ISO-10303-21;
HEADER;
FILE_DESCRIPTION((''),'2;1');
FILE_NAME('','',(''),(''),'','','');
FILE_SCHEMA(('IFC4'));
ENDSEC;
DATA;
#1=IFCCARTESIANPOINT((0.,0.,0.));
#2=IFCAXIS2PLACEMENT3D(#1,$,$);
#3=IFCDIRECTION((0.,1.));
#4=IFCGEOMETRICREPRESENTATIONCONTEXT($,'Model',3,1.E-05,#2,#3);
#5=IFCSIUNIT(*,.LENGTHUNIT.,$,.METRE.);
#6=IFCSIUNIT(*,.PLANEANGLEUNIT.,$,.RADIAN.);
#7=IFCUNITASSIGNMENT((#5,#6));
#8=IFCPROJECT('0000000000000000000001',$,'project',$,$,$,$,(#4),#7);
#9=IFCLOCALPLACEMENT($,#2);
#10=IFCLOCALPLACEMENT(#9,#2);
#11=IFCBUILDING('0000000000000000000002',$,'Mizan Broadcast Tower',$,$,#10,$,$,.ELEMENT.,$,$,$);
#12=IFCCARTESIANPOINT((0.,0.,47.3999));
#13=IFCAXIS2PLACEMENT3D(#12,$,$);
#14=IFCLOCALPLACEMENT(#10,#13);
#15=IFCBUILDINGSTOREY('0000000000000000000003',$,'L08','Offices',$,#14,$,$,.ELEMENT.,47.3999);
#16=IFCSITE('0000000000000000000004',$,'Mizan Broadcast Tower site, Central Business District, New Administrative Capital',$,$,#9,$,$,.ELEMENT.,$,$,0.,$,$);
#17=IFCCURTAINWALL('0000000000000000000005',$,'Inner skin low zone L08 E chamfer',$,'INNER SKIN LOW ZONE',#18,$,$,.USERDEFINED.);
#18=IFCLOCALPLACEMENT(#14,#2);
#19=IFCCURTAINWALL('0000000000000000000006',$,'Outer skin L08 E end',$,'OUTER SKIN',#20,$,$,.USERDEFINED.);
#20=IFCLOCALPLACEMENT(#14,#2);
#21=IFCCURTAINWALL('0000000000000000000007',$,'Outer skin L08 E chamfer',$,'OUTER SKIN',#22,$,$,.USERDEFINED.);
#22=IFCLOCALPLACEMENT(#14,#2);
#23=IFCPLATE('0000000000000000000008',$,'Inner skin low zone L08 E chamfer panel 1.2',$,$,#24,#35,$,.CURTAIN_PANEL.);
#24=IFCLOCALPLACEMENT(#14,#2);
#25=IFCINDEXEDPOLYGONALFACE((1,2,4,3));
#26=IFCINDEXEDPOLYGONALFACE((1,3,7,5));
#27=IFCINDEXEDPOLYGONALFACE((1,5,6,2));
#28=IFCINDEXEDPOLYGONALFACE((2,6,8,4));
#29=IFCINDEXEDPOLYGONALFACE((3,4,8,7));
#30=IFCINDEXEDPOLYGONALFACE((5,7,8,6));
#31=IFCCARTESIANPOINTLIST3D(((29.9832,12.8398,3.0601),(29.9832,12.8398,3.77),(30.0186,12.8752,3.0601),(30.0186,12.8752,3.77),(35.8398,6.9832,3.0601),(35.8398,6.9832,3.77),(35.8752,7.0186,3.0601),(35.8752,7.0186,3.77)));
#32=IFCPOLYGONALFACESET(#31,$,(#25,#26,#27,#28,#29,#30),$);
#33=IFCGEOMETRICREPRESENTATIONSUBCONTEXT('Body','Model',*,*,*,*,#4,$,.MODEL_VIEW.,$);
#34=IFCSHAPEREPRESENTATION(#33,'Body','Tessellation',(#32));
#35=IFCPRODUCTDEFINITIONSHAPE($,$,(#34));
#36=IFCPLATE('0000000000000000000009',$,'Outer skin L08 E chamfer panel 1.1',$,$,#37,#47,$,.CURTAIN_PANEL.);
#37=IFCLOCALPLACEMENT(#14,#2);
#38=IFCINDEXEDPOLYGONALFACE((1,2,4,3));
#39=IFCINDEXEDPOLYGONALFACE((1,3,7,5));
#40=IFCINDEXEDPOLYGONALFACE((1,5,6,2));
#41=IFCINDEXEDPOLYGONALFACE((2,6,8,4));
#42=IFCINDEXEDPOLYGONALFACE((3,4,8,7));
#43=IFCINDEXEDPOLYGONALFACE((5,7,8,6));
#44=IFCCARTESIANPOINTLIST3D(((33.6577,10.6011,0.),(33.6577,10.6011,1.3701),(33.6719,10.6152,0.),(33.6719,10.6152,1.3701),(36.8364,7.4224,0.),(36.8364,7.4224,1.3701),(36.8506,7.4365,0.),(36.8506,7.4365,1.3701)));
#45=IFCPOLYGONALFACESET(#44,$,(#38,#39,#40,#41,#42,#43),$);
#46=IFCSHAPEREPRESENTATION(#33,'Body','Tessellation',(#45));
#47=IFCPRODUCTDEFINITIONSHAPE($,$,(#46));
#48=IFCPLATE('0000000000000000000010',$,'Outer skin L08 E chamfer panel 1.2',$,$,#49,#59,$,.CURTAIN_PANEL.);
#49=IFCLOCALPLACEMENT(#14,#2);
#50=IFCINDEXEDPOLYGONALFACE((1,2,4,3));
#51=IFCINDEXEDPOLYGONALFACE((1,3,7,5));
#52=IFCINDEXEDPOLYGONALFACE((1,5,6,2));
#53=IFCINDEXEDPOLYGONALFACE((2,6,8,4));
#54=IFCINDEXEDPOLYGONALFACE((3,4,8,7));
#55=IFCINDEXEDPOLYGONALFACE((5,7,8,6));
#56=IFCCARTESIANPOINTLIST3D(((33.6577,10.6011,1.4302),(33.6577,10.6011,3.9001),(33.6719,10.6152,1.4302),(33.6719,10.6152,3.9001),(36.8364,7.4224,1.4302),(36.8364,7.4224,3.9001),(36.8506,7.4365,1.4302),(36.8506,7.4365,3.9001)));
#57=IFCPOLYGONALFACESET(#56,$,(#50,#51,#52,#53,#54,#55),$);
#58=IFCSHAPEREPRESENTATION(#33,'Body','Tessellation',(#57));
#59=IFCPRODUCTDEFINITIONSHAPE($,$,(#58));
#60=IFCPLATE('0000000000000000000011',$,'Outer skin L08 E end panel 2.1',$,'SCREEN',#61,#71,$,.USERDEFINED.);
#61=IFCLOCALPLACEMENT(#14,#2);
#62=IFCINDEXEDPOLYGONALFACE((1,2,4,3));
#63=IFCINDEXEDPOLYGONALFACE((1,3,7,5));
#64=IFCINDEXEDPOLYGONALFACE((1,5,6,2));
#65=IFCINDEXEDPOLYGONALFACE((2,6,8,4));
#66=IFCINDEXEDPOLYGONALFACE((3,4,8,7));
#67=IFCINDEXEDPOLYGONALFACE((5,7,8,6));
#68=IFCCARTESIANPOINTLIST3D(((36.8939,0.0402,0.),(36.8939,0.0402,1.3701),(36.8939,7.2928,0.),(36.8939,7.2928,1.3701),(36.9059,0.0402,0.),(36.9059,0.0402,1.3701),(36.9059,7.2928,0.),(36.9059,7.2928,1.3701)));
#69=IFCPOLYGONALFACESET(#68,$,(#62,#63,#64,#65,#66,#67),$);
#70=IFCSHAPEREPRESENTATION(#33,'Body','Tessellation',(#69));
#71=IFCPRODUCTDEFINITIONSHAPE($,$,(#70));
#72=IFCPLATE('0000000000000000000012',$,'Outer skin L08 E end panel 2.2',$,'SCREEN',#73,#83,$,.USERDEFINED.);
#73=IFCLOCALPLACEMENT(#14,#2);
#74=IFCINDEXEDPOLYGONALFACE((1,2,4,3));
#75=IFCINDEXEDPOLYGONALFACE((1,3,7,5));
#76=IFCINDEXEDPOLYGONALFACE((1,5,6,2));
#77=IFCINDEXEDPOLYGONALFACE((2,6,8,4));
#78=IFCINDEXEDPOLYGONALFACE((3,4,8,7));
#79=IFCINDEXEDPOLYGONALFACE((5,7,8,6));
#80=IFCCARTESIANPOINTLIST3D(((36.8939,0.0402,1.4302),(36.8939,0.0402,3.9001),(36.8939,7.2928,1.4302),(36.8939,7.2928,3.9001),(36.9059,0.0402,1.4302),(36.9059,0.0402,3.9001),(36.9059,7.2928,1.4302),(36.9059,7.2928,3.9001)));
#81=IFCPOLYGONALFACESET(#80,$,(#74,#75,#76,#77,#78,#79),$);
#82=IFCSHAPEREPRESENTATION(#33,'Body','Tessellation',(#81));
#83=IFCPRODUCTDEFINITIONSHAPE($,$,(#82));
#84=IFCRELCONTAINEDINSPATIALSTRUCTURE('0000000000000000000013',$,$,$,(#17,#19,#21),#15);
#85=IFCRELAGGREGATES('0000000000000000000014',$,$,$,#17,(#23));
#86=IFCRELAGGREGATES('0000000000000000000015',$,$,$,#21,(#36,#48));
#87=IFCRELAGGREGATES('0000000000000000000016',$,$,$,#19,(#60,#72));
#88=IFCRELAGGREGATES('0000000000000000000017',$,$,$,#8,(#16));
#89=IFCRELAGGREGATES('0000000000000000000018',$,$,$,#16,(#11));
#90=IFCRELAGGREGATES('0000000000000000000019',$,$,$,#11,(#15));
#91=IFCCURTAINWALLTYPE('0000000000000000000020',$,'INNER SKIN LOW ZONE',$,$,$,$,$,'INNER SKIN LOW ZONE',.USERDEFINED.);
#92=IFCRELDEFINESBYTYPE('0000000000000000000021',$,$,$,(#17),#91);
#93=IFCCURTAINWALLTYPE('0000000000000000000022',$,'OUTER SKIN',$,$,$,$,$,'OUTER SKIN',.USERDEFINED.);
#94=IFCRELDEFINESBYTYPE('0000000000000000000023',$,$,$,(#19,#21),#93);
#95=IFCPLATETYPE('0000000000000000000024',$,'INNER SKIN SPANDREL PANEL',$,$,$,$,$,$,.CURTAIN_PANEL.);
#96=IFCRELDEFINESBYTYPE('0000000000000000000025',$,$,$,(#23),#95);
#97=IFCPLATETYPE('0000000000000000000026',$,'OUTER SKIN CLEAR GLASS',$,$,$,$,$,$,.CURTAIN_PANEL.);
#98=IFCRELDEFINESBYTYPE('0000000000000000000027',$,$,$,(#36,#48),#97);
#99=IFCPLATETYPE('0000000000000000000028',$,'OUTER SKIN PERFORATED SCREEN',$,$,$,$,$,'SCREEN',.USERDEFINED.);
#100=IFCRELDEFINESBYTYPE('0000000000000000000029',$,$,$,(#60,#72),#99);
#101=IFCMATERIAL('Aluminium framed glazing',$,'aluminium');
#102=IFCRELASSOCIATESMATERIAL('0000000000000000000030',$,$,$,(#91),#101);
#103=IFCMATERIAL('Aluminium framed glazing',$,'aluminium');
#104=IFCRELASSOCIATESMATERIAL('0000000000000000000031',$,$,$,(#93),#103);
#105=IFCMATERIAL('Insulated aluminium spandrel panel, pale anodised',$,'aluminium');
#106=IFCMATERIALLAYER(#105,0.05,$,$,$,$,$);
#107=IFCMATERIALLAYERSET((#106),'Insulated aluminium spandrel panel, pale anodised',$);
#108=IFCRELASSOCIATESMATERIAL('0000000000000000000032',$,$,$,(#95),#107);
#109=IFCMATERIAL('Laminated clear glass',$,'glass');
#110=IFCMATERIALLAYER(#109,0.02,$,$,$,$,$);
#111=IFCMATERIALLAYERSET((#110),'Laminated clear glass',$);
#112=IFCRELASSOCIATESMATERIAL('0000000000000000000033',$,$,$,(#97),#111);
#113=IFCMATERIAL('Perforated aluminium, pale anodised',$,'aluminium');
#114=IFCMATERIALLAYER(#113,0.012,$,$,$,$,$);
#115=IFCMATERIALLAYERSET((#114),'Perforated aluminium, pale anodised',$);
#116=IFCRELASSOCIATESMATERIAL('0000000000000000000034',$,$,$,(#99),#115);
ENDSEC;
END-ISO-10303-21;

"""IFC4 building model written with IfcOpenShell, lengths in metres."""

from ifc_helpers import new_model, si_unit, direction, frame, origin, origin_2d, place, context, subcontext, project, spatial, rectangle, extrude, material, layer, layer_set, type_object, element, aggregate, save


model = new_model("IFC4")

# Units and contexts
model_context = context("Model", 3, precision=1e-05, world=origin(), true_north=direction((0.0, 1.0)))
body_context = subcontext(model_context, "Body", "Model", "MODEL_VIEW")
ifc_project = project(units=[si_unit("LENGTHUNIT", "METRE"), si_unit("PLANEANGLEUNIT", "RADIAN")], contexts=[model_context])

# Site, building, storey
site_placement = place(None, origin())
site = spatial("IfcSite", under=ifc_project, at=site_placement, Name="Mizan Broadcast Tower site, Central Business District, New Administrative Capital", CompositionType="ELEMENT", RefElevation=0.0)
building_placement = place(site_placement, origin())
building = spatial("IfcBuilding", under=site, at=building_placement, Name="Mizan Broadcast Tower", CompositionType="ELEMENT")
storey_placement = place(building_placement, frame((0.0, 0.0, 47.3999)))
storey = spatial("IfcBuildingStorey", under=building, at=storey_placement, Name="L08", Description="Offices", CompositionType="ELEMENT", Elevation=47.3999)

# Shared definitions
ifc_material_1 = material(Name="Aluminium framed glazing", Category="aluminium")
curtain_wall_type_1 = type_object("IfcCurtainWallType", Name="INNER SKIN LOW ZONE", ElementType="INNER SKIN LOW ZONE", PredefinedType="USERDEFINED", material=ifc_material_1)

# Curtain wall
curtain_wall_1_placement = place(storey_placement, origin())
curtain_wall_1 = element("IfcCurtainWall", 1, at=curtain_wall_1_placement, inside=storey, type_object=curtain_wall_type_1, Name="Inner skin low zone L08 E chamfer", ObjectType="INNER SKIN LOW ZONE", PredefinedType="USERDEFINED")

# Curtain wall
ifc_material_2 = material(Name="Aluminium framed glazing", Category="aluminium")
curtain_wall_type_2 = type_object("IfcCurtainWallType", Name="OUTER SKIN", ElementType="OUTER SKIN", PredefinedType="USERDEFINED", material=ifc_material_2)
curtain_wall_2_placement = place(storey_placement, origin())
curtain_wall_2 = element("IfcCurtainWall", 2, at=curtain_wall_2_placement, inside=storey, type_object=curtain_wall_type_2, Name="Outer skin L08 E end", ObjectType="OUTER SKIN", PredefinedType="USERDEFINED")

# Curtain wall
curtain_wall_3_placement = place(storey_placement, origin())
curtain_wall_3 = element("IfcCurtainWall", 3, at=curtain_wall_3_placement, inside=storey, type_object=curtain_wall_type_2, Name="Outer skin L08 E chamfer", ObjectType="OUTER SKIN", PredefinedType="USERDEFINED")

# Plates
ifc_material_3 = material(Name="Insulated aluminium spandrel panel, pale anodised", Category="aluminium")
ifc_layer_1 = layer(ifc_material_3, 0.05)
ifc_layer_set_1 = layer_set([ifc_layer_1], Name="Insulated aluminium spandrel panel, pale anodised")
plate_type_1 = type_object("IfcPlateType", Name="INNER SKIN SPANDREL PANEL", PredefinedType="CURTAIN_PANEL", material=ifc_layer_set_1)
plate_1_placement = place(storey_placement, frame((32.9292, 9.9292, 3.0601), z_axis=(0.0, 0.0, 1.0), x_axis=(-0.707107, 0.707107, 0.0)))
plate_1 = element("IfcPlate", 4, at=plate_1_placement, type_object=plate_type_1, Name="Inner skin low zone L08 E chamfer panel 1.2", PredefinedType="CURTAIN_PANEL", context=body_context, shape_type="SweptSolid", body=[
    extrude(rectangle(XDim=8.2825, YDim=0.05, at=origin_2d()), origin(), (0.0, 0.0, 1.0), 0.71),
])
aggregate(curtain_wall_1, [plate_1])
ifc_material_4 = material(Name="Laminated clear glass", Category="glass")
ifc_layer_2 = layer(ifc_material_4, 0.02)
ifc_layer_set_2 = layer_set([ifc_layer_2], Name="Laminated clear glass")
plate_type_2 = type_object("IfcPlateType", Name="OUTER SKIN CLEAR GLASS", PredefinedType="CURTAIN_PANEL", material=ifc_layer_set_2)
plate_2_placement = place(storey_placement, frame((35.2542, 9.0188, 0.0), z_axis=(0.0, 0.0, 1.0), x_axis=(-0.707107, 0.707107, 0.0)))
plate_2 = element("IfcPlate", 5, at=plate_2_placement, type_object=plate_type_2, Name="Outer skin L08 E chamfer panel 1.1", PredefinedType="CURTAIN_PANEL", context=body_context, shape_type="SweptSolid", body=[
    extrude(rectangle(XDim=4.4954, YDim=0.02, at=origin_2d()), origin(), (0.0, 0.0, 1.0), 1.3701),
])
plate_3_placement = place(storey_placement, frame((35.2542, 9.0188, 1.4302), z_axis=(0.0, 0.0, 1.0), x_axis=(-0.707107, 0.707107, 0.0)))
plate_3 = element("IfcPlate", 6, at=plate_3_placement, type_object=plate_type_2, Name="Outer skin L08 E chamfer panel 1.2", PredefinedType="CURTAIN_PANEL", context=body_context, shape_type="SweptSolid", body=[
    extrude(rectangle(XDim=4.4954, YDim=0.02, at=origin_2d()), origin(), (0.0, 0.0, 1.0), 2.47),
])
aggregate(curtain_wall_3, [plate_2, plate_3])
ifc_material_5 = material(Name="Perforated aluminium, pale anodised", Category="aluminium")
ifc_layer_3 = layer(ifc_material_5, 0.012)
ifc_layer_set_3 = layer_set([ifc_layer_3], Name="Perforated aluminium, pale anodised")
plate_type_3 = type_object("IfcPlateType", Name="OUTER SKIN PERFORATED SCREEN", ElementType="SCREEN", PredefinedType="USERDEFINED", material=ifc_layer_set_3)
plate_4_placement = place(storey_placement, frame((36.8999, 3.6665, 0.0), z_axis=(0.0, 0.0, 1.0), x_axis=(0.0, 1.0, 0.0)))
plate_4 = element("IfcPlate", 7, at=plate_4_placement, type_object=plate_type_3, Name="Outer skin L08 E end panel 2.1", ObjectType="SCREEN", PredefinedType="USERDEFINED", context=body_context, shape_type="SweptSolid", body=[
    extrude(rectangle(XDim=7.2527, YDim=0.012, at=origin_2d()), origin(), (0.0, 0.0, 1.0), 1.3701),
])
plate_5_placement = place(storey_placement, frame((36.8999, 3.6665, 1.4302), z_axis=(0.0, 0.0, 1.0), x_axis=(0.0, 1.0, 0.0)))
plate_5 = element("IfcPlate", 8, at=plate_5_placement, type_object=plate_type_3, Name="Outer skin L08 E end panel 2.2", ObjectType="SCREEN", PredefinedType="USERDEFINED", context=body_context, shape_type="SweptSolid", body=[
    extrude(rectangle(XDim=7.2527, YDim=0.012, at=origin_2d()), origin(), (0.0, 0.0, 1.0), 2.47),
])
aggregate(curtain_wall_2, [plate_4, plate_5])

save(model, "model.ifc")
